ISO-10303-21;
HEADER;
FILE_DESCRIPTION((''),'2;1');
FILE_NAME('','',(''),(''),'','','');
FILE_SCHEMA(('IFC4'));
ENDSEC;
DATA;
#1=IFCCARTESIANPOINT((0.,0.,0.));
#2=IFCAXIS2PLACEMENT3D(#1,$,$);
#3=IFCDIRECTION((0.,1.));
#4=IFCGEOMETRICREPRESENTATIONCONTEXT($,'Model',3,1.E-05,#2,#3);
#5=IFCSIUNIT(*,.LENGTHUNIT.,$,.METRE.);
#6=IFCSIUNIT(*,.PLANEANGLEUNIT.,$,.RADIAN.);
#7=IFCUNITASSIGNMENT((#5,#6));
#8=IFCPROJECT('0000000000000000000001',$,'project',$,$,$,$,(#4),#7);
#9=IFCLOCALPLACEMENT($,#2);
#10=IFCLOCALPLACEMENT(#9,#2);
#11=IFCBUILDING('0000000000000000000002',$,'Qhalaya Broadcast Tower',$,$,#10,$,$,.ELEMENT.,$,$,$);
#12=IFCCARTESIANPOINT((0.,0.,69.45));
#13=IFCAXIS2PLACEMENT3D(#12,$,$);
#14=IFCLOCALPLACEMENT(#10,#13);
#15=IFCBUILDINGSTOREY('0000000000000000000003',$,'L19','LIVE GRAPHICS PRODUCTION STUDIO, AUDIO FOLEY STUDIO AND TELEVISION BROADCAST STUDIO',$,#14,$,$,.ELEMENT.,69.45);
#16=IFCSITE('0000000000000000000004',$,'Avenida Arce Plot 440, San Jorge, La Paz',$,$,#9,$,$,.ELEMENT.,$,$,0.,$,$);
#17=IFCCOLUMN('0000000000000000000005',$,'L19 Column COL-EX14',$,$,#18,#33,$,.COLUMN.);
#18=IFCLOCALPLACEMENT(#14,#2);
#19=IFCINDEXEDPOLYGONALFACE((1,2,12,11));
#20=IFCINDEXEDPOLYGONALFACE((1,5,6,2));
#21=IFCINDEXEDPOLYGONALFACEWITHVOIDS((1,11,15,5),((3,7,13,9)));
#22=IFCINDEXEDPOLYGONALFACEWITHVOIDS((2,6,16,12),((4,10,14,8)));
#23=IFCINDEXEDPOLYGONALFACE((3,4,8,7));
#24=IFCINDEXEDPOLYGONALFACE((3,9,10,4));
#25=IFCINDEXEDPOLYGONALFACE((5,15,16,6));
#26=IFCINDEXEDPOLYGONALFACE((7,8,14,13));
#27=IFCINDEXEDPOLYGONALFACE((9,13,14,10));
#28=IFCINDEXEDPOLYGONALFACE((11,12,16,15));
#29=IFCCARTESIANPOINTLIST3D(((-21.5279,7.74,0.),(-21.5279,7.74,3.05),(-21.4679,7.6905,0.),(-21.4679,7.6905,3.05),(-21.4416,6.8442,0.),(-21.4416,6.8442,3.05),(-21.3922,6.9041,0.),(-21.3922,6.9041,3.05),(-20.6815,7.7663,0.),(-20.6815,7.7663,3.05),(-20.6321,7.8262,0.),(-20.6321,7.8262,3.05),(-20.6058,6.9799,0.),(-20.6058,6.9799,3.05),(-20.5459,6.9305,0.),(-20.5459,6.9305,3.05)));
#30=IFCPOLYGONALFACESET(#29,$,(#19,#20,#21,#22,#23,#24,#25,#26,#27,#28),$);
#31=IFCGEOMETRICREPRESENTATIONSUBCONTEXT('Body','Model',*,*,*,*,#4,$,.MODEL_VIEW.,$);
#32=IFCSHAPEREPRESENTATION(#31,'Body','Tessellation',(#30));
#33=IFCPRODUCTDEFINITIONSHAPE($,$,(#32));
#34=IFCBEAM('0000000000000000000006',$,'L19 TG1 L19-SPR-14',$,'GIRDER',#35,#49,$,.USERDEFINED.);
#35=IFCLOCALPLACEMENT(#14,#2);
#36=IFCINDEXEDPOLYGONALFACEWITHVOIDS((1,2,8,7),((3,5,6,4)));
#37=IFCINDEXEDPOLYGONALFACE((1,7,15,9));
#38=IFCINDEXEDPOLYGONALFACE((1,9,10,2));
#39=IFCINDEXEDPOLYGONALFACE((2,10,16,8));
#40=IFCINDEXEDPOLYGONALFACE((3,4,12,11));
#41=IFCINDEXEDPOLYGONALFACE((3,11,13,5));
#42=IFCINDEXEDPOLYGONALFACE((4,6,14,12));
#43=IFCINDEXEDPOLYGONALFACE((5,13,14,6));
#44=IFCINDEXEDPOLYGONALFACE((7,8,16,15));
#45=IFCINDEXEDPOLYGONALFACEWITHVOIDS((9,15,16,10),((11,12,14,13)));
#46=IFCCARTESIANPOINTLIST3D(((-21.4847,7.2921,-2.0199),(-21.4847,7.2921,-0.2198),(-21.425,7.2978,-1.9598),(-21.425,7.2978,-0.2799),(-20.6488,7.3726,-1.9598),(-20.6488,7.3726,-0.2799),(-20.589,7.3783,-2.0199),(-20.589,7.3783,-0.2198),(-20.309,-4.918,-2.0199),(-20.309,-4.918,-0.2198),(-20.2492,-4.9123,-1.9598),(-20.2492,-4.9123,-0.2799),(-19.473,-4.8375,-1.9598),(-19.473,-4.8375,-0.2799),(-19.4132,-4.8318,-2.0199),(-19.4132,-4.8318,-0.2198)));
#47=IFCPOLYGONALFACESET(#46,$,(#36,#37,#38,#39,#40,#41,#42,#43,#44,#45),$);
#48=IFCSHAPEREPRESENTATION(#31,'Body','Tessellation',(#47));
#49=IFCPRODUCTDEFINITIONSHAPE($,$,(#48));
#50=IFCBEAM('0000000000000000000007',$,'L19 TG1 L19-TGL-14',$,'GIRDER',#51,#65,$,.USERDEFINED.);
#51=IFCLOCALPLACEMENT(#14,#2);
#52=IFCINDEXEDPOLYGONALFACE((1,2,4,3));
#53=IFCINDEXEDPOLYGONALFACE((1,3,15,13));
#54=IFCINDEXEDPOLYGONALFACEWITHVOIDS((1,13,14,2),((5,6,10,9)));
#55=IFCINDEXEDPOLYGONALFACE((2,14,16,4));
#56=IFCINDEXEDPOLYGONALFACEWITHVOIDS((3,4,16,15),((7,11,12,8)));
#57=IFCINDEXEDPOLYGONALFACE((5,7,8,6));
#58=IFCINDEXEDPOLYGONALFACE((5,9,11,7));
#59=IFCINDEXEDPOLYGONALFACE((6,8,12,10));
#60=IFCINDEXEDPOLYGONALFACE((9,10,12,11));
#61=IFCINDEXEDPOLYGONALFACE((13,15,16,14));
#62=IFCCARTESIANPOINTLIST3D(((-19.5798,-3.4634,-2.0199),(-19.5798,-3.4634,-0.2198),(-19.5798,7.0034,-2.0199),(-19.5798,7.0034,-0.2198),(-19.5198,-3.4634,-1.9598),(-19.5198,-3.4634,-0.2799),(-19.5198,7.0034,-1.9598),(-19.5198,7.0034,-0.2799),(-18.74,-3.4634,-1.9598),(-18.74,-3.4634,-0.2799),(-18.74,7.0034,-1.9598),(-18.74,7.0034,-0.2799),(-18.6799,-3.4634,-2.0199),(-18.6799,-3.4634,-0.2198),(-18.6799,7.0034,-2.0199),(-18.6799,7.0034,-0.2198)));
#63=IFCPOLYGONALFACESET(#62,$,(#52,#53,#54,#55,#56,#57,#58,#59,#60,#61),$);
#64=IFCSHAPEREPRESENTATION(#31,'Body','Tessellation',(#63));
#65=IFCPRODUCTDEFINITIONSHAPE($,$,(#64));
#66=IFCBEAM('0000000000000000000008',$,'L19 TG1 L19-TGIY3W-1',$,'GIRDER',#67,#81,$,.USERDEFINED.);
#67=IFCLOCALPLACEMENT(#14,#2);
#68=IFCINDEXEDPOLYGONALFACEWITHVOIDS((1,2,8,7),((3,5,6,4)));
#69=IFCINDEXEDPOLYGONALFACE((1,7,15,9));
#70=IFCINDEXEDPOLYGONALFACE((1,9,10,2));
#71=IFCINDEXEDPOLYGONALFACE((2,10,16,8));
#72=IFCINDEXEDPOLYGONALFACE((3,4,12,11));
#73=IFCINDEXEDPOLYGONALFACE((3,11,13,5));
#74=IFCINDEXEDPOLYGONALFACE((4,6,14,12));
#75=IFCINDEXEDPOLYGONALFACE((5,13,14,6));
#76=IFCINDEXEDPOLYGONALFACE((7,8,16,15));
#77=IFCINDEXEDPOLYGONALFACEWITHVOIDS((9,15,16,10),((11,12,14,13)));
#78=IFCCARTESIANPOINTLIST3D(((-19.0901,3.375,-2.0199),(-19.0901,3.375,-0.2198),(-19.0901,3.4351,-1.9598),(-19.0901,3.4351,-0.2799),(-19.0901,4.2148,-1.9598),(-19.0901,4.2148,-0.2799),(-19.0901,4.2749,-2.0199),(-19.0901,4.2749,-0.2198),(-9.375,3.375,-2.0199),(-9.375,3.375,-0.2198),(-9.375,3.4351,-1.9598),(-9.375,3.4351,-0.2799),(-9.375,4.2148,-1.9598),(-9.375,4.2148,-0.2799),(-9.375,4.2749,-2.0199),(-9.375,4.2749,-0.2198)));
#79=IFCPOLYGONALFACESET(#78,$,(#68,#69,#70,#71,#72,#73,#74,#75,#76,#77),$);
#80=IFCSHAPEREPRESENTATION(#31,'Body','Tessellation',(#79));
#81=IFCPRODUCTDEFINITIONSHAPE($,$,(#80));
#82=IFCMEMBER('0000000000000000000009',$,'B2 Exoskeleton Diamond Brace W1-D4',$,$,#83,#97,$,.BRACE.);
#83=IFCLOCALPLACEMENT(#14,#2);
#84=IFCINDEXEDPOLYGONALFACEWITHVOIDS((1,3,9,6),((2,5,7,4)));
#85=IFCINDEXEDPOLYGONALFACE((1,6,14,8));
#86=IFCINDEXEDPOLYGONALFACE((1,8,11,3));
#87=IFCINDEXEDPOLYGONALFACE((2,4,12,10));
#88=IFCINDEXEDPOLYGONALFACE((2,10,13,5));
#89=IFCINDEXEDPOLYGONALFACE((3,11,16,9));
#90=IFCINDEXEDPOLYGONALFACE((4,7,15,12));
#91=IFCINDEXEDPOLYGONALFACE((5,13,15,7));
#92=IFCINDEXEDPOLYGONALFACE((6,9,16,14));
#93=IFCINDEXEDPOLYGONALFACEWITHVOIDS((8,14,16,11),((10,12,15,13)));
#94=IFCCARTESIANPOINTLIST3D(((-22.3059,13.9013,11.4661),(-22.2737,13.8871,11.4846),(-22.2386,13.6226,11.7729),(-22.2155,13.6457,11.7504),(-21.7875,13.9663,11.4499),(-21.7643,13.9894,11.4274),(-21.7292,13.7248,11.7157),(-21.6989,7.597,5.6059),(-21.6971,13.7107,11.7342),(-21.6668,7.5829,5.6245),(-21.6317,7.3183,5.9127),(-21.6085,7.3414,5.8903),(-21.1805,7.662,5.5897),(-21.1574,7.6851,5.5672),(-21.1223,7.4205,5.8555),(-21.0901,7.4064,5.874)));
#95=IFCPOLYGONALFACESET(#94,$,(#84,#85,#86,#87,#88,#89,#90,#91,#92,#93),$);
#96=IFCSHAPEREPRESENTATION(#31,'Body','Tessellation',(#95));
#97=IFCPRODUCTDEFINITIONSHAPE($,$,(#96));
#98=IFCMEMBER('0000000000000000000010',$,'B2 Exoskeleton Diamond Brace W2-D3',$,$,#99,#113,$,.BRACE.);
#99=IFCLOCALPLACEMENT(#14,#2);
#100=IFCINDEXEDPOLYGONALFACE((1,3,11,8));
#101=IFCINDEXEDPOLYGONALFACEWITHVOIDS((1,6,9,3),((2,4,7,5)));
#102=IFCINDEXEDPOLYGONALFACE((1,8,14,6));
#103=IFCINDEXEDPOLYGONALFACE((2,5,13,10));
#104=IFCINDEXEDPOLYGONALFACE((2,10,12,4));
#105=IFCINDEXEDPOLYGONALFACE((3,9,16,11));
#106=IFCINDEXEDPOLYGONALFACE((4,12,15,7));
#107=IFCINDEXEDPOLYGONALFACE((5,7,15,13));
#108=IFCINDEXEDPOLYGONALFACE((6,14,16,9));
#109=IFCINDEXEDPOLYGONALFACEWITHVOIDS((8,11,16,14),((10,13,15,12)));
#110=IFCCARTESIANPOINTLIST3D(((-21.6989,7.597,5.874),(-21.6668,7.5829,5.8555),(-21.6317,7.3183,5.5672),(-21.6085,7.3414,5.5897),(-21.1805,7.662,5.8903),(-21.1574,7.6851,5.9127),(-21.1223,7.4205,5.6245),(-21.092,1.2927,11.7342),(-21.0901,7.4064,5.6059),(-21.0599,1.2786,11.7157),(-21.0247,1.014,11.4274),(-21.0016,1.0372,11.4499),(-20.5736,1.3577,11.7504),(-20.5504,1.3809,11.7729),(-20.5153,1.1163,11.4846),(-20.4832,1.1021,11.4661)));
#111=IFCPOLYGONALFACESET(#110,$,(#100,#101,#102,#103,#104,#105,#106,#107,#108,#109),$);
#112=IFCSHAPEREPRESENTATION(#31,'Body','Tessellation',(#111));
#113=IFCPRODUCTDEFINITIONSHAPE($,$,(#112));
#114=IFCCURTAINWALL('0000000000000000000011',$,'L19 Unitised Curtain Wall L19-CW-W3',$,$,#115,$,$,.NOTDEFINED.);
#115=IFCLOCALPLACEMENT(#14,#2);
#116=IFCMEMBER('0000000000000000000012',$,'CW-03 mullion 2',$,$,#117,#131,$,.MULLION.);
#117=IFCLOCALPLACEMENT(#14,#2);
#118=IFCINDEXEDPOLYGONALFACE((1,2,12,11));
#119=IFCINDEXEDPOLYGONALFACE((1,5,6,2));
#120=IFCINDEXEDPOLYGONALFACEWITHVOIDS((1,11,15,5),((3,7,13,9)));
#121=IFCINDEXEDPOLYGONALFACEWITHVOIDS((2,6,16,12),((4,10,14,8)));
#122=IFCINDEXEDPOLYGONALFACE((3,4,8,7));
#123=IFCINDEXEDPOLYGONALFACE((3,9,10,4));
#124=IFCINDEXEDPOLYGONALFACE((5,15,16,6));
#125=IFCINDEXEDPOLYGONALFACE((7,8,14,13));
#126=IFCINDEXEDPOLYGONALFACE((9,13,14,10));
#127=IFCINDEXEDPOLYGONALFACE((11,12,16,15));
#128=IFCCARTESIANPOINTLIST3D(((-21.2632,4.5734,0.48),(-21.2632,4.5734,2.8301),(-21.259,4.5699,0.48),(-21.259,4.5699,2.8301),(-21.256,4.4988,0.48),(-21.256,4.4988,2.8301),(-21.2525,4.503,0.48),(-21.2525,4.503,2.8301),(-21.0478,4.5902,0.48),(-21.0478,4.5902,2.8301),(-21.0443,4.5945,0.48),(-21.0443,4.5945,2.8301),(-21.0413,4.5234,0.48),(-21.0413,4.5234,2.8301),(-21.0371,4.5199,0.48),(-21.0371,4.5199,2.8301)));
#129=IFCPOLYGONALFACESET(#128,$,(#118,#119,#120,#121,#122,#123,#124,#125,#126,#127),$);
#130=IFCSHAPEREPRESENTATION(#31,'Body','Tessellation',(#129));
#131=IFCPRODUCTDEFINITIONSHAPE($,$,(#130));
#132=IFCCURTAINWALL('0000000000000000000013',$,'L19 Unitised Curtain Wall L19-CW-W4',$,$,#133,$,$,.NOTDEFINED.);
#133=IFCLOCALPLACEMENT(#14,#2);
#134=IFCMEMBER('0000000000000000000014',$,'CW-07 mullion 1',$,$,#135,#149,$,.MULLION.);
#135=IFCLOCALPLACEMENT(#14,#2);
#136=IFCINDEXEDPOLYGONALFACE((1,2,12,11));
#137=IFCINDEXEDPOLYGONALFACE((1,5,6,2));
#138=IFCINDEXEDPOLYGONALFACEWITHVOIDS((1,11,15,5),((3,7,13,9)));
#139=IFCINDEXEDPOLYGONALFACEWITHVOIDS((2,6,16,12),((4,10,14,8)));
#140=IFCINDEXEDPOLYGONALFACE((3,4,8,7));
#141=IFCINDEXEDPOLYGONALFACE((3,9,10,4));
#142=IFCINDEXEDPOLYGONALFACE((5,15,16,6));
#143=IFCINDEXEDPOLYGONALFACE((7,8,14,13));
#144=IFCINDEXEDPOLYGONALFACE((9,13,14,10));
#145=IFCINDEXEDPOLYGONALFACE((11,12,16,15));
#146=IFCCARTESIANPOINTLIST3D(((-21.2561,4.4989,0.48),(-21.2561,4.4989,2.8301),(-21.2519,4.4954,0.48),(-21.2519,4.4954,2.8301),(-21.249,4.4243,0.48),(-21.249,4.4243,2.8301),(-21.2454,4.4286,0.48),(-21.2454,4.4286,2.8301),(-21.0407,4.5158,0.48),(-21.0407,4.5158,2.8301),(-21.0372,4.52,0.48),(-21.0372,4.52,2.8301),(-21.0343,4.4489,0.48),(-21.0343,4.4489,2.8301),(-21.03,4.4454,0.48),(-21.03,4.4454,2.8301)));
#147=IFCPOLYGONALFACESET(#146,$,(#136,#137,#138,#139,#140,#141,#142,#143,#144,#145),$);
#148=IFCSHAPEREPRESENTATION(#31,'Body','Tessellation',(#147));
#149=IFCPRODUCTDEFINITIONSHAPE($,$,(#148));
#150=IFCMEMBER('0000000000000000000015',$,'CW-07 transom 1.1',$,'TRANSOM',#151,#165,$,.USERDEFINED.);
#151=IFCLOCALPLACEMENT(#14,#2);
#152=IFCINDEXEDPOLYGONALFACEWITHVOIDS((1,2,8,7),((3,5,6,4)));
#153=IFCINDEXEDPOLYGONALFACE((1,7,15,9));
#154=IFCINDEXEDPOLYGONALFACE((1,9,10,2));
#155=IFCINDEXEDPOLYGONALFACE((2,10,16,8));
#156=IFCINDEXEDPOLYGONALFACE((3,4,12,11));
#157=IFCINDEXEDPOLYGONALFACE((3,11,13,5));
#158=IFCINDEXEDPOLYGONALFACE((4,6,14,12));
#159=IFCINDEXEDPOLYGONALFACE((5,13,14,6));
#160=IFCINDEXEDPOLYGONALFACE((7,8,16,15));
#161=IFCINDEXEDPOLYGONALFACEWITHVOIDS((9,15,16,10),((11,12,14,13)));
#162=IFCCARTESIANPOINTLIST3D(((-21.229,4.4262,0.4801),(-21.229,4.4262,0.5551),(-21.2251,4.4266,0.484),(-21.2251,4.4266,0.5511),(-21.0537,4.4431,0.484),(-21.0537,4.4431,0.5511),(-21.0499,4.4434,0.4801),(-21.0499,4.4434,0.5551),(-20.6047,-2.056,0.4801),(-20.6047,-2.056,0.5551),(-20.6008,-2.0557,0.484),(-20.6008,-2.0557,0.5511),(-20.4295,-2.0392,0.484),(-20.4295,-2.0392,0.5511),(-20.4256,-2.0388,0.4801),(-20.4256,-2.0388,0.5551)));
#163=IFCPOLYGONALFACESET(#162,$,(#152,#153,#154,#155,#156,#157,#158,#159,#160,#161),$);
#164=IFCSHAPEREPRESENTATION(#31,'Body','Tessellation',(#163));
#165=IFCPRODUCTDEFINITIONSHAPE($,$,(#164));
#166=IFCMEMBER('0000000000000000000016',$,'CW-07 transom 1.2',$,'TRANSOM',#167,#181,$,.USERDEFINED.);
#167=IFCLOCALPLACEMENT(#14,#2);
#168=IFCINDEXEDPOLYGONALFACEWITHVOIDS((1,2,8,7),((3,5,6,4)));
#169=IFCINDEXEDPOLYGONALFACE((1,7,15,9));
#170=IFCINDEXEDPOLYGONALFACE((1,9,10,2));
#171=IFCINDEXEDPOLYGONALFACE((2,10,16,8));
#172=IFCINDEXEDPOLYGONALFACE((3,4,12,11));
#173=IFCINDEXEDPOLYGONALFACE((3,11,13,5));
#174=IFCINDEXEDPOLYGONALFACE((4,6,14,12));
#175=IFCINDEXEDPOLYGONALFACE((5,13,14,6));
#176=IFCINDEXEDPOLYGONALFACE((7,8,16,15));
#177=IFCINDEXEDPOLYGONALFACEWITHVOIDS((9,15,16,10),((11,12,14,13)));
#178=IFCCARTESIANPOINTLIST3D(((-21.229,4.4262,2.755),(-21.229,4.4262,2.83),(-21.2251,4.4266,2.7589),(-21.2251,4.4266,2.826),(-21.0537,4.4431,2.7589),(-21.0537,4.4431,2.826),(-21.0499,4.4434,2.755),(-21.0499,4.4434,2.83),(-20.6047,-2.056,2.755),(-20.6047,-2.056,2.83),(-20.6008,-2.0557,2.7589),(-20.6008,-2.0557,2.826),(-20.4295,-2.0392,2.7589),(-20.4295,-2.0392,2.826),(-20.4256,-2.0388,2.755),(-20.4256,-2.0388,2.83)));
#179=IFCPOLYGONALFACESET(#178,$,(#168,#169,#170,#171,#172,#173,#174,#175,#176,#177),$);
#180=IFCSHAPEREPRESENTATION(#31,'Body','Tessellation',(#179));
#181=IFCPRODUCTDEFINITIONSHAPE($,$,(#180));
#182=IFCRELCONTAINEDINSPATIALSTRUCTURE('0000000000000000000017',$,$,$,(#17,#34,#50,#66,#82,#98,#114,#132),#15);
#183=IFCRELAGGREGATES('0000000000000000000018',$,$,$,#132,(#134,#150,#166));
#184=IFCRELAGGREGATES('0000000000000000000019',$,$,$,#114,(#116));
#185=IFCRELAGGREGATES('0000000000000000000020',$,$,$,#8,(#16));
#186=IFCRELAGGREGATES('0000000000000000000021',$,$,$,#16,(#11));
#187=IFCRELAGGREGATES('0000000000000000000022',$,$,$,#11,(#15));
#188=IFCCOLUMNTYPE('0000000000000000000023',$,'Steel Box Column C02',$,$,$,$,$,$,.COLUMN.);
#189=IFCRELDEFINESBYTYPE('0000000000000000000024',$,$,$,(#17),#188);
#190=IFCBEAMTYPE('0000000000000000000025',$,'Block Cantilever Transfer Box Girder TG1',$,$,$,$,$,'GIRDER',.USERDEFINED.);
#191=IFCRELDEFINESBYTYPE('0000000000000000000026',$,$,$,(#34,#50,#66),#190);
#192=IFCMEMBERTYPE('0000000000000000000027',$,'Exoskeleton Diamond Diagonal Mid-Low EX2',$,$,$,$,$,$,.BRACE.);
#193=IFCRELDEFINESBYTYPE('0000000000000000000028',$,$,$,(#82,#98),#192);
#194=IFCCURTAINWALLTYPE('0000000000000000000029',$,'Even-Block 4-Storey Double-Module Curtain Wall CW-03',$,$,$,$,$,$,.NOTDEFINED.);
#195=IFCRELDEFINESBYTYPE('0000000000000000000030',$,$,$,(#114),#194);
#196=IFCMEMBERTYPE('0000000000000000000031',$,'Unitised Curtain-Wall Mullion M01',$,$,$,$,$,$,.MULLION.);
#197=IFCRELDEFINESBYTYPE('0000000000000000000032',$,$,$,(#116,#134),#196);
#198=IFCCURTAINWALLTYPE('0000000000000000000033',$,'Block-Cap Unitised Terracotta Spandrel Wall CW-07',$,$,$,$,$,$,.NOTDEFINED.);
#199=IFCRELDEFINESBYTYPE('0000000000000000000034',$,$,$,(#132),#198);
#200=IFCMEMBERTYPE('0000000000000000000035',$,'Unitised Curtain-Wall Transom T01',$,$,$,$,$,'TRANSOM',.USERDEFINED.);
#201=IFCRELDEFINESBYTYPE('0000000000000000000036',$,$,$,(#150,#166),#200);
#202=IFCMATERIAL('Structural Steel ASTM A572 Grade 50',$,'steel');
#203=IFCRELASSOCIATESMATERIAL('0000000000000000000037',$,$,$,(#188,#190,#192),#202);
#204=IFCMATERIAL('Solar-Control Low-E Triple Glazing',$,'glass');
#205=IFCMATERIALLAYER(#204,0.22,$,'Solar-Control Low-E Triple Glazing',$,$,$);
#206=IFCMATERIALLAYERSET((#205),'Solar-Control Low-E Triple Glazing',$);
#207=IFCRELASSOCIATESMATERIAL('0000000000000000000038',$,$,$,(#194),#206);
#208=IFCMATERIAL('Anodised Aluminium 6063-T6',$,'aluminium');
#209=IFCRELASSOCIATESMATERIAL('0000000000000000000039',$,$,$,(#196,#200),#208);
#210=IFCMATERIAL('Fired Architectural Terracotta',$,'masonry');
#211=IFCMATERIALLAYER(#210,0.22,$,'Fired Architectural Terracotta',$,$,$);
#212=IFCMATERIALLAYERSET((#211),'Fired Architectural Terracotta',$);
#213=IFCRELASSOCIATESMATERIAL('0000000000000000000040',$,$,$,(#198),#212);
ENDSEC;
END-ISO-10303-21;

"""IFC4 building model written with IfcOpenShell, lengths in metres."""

from ifc_helpers import new_model, si_unit, direction, frame, origin, origin_2d, place, context, subcontext, project, spatial, hollow_rectangle, extrude, material, layer, layer_set, material_profile, profile_set, type_object, element, aggregate, save


model = new_model("IFC4")

# Units and contexts
model_context = context("Model", 3, precision=1e-05, world=origin(), true_north=direction((0.0, 1.0)))
body_context = subcontext(model_context, "Body", "Model", "MODEL_VIEW")
ifc_project = project(units=[si_unit("LENGTHUNIT", "METRE"), si_unit("PLANEANGLEUNIT", "RADIAN")], contexts=[model_context])

# Site, building, storey
site_placement = place(None, origin())
site = spatial("IfcSite", under=ifc_project, at=site_placement, Name="Avenida Arce Plot 440, San Jorge, La Paz", CompositionType="ELEMENT", RefElevation=0.0)
building_placement = place(site_placement, origin())
building = spatial("IfcBuilding", under=site, at=building_placement, Name="Qhalaya Broadcast Tower", CompositionType="ELEMENT")
storey_placement = place(building_placement, frame((0.0, 0.0, 69.45)))
storey = spatial("IfcBuildingStorey", under=building, at=storey_placement, Name="L19", Description="LIVE GRAPHICS PRODUCTION STUDIO, AUDIO FOLEY STUDIO AND TELEVISION BROADCAST STUDIO", CompositionType="ELEMENT", Elevation=69.45)

# Column
ifc_material_1 = material(Name="Structural Steel ASTM A572 Grade 50", Category="steel")
ifc_material_profile_1 = material_profile(ifc_material_1, hollow_rectangle(XDim=0.8999, YDim=0.8999, WallThickness=0.0549, at=origin_2d()), Name="BOX 900x900x55")
ifc_profile_set_1 = profile_set([ifc_material_profile_1], Name="Structural Steel ASTM A572 Grade 50")
column_type = type_object("IfcColumnType", Name="Steel Box Column C02", PredefinedType="COLUMN", material=ifc_profile_set_1)
column_placement = place(storey_placement, frame((-21.0369, 7.3352, 0.0), z_axis=(0.0, 0.0, 1.0), x_axis=(-0.095846, 0.995396, 0.0)))
element("IfcColumn", 1, at=column_placement, inside=storey, type_object=column_type, Name="L19 Column COL-EX14", PredefinedType="COLUMN", context=body_context, shape_type="SweptSolid", body=[
    extrude(hollow_rectangle(XDim=0.8999, YDim=0.8999, WallThickness=0.0549, at=origin_2d()), origin(), (0.0, 0.0, 1.0), 3.05),
])

# Beams
ifc_material_profile_2 = material_profile(ifc_material_1, hollow_rectangle(XDim=0.8999, YDim=1.8, WallThickness=0.0601, at=origin_2d()), Name="BOX 900x1800x60")
ifc_profile_set_2 = profile_set([ifc_material_profile_2], Name="Structural Steel ASTM A572 Grade 50")
beam_type = type_object("IfcBeamType", Name="Block Cantilever Transfer Box Girder TG1", ElementType="GIRDER", PredefinedType="USERDEFINED", material=ifc_profile_set_2)
beam_1_placement = place(storey_placement, frame((-21.0369, 7.3352, -1.1199), z_axis=(0.095852, -0.995396, 0.0), x_axis=(0.995396, 0.095852, 0.0)))
element("IfcBeam", 2, at=beam_1_placement, inside=storey, type_object=beam_type, Name="L19 TG1 L19-SPR-14", ObjectType="GIRDER", PredefinedType="USERDEFINED", context=body_context, shape_type="SweptSolid", body=[
    extrude(hollow_rectangle(XDim=0.8999, YDim=1.8, WallThickness=0.0601, at=origin_2d()), origin(), (0.0, 0.0, 1.0), 12.2666),
])
beam_2_placement = place(storey_placement, frame((-19.1299, 7.0034, -1.1199), z_axis=(0.0, -1.0, 0.0), x_axis=(1.0, 0.0, 0.0)))
element("IfcBeam", 3, at=beam_2_placement, inside=storey, type_object=beam_type, Name="L19 TG1 L19-TGL-14", ObjectType="GIRDER", PredefinedType="USERDEFINED", context=body_context, shape_type="SweptSolid", body=[
    extrude(hollow_rectangle(XDim=0.8999, YDim=1.8, WallThickness=0.0601, at=origin_2d()), origin(), (0.0, 0.0, 1.0), 10.4668),
])
beam_3_placement = place(storey_placement, frame((-19.0901, 3.825, -1.1199), z_axis=(1.0, 0.0, 0.0), x_axis=(0.0, 1.0, 0.0)))
element("IfcBeam", 4, at=beam_3_placement, inside=storey, type_object=beam_type, Name="L19 TG1 L19-TGIY3W-1", ObjectType="GIRDER", PredefinedType="USERDEFINED", context=body_context, shape_type="SweptSolid", body=[
    extrude(hollow_rectangle(XDim=0.8999, YDim=1.8, WallThickness=0.0601, at=origin_2d()), origin(), (0.0, 0.0, 1.0), 9.7151),
])

# Members
ifc_material_profile_3 = material_profile(ifc_material_1, hollow_rectangle(XDim=0.4199, YDim=0.55, WallThickness=0.0281, at=origin_2d()), Name="BOX 420x550x28")
ifc_profile_set_3 = profile_set([ifc_material_profile_3], Name="Structural Steel ASTM A572 Grade 50")
member_type_1 = type_object("IfcMemberType", Name="Exoskeleton Diamond Diagonal Mid-Low EX2", PredefinedType="BRACE", material=ifc_profile_set_3)
for number, where, z_axis, x_axis, name in (
    (5, (-21.3945, 7.5017, 5.74), (-0.07034, 0.73062, 0.679152), (0.160189, -0.663729, 0.730619), "B2 Exoskeleton Diamond Brace W1-D4"),
    (6, (-21.3945, 7.5017, 5.74), (0.07034, -0.73062, 0.679152), (-0.160189, 0.663729, 0.730619), "B2 Exoskeleton Diamond Brace W2-D3"),
):
    element("IfcMember", number, at=place(storey_placement, frame(where, z_axis=z_axis, x_axis=x_axis)), inside=storey, type_object=member_type_1, Name=name, PredefinedType="BRACE", context=body_context, shape_type="SweptSolid", body=[
        extrude(hollow_rectangle(XDim=0.4199, YDim=0.55, WallThickness=0.0281, at=origin_2d()), origin(), (0.0, 0.0, 1.0), 8.6287),
    ])

# Curtain wall, member
ifc_material_2 = material(Name="Solar-Control Low-E Triple Glazing", Category="glass")
ifc_layer_1 = layer(ifc_material_2, 0.22, Name="Solar-Control Low-E Triple Glazing")
ifc_layer_set_1 = layer_set([ifc_layer_1], Name="Solar-Control Low-E Triple Glazing")
curtain_wall_type_1 = type_object("IfcCurtainWallType", Name="Even-Block 4-Storey Double-Module Curtain Wall CW-03", PredefinedType="NOTDEFINED", material=ifc_layer_set_1)
curtain_wall_1_placement = place(storey_placement, origin())
curtain_wall_1 = element("IfcCurtainWall", 7, at=curtain_wall_1_placement, inside=storey, type_object=curtain_wall_type_1, Name="L19 Unitised Curtain Wall L19-CW-W3", PredefinedType="NOTDEFINED")
ifc_material_3 = material(Name="Anodised Aluminium 6063-T6", Category="aluminium")
ifc_material_profile_4 = material_profile(ifc_material_3, hollow_rectangle(XDim=0.075, YDim=0.22, WallThickness=0.0039, at=origin_2d()), Name="ALU-MUL 75x220x4")
ifc_profile_set_4 = profile_set([ifc_material_profile_4], Name="Anodised Aluminium 6063-T6")
member_type_2 = type_object("IfcMemberType", Name="Unitised Curtain-Wall Mullion M01", PredefinedType="MULLION", material=ifc_profile_set_4)
member_1_placement = place(storey_placement, frame((-21.1501, 4.5466, 0.48), z_axis=(0.0, 0.0, 1.0), x_axis=(0.095837, -0.995397, 0.0)))
member_1 = element("IfcMember", 8, at=member_1_placement, type_object=member_type_2, Name="CW-03 mullion 2", PredefinedType="MULLION", context=body_context, shape_type="SweptSolid", body=[
    extrude(hollow_rectangle(XDim=0.075, YDim=0.22, WallThickness=0.0039, at=origin_2d()), origin(), (0.0, 0.0, 1.0), 2.3501),
])

# Curtain wall, members
ifc_material_4 = material(Name="Fired Architectural Terracotta", Category="masonry")
ifc_layer_2 = layer(ifc_material_4, 0.22, Name="Fired Architectural Terracotta")
ifc_layer_set_2 = layer_set([ifc_layer_2], Name="Fired Architectural Terracotta")
curtain_wall_type_2 = type_object("IfcCurtainWallType", Name="Block-Cap Unitised Terracotta Spandrel Wall CW-07", PredefinedType="NOTDEFINED", material=ifc_layer_set_2)
curtain_wall_2_placement = place(storey_placement, origin())
curtain_wall_2 = element("IfcCurtainWall", 9, at=curtain_wall_2_placement, inside=storey, type_object=curtain_wall_type_2, Name="L19 Unitised Curtain Wall L19-CW-W4", PredefinedType="NOTDEFINED")
member_2_placement = place(storey_placement, frame((-21.1431, 4.4722, 0.48), z_axis=(0.0, 0.0, 1.0), x_axis=(0.095857, -0.995395, 0.0)))
member_2 = element("IfcMember", 10, at=member_2_placement, type_object=member_type_2, Name="CW-07 mullion 1", PredefinedType="MULLION", context=body_context, shape_type="SweptSolid", body=[
    extrude(hollow_rectangle(XDim=0.075, YDim=0.22, WallThickness=0.0039, at=origin_2d()), origin(), (0.0, 0.0, 1.0), 2.3501),
])
ifc_material_profile_5 = material_profile(ifc_material_3, hollow_rectangle(XDim=0.075, YDim=0.1799, WallThickness=0.0039, at=origin_2d()), Name="ALU-TRN 75x180x4")
ifc_profile_set_5 = profile_set([ifc_material_profile_5], Name="Anodised Aluminium 6063-T6")
member_type_3 = type_object("IfcMemberType", Name="Unitised Curtain-Wall Transom T01", ElementType="TRANSOM", PredefinedType="USERDEFINED", material=ifc_profile_set_5)
member_3_placement = place(storey_placement, frame((-21.1394, 4.4348, 0.5176), z_axis=(0.095862, -0.995395, 0.0), x_axis=(0.0, 0.0, 1.0)))
member_3 = element("IfcMember", 11, at=member_3_placement, type_object=member_type_3, Name="CW-07 transom 1.1", ObjectType="TRANSOM", PredefinedType="USERDEFINED", context=body_context, shape_type="SweptSolid", body=[
    extrude(hollow_rectangle(XDim=0.075, YDim=0.1799, WallThickness=0.0039, at=origin_2d()), origin(), (0.0, 0.0, 1.0), 6.5122),
])
member_4_placement = place(storey_placement, frame((-21.1394, 4.4348, 2.7925), z_axis=(0.095862, -0.995395, 0.0), x_axis=(0.0, 0.0, 1.0)))
member_4 = element("IfcMember", 12, at=member_4_placement, type_object=member_type_3, Name="CW-07 transom 1.2", ObjectType="TRANSOM", PredefinedType="USERDEFINED", context=body_context, shape_type="SweptSolid", body=[
    extrude(hollow_rectangle(XDim=0.075, YDim=0.1799, WallThickness=0.0039, at=origin_2d()), origin(), (0.0, 0.0, 1.0), 6.5122),
])
aggregate(curtain_wall_2, [member_2, member_3, member_4])

aggregate(curtain_wall_1, [member_1])

save(model, "model.ifc")
